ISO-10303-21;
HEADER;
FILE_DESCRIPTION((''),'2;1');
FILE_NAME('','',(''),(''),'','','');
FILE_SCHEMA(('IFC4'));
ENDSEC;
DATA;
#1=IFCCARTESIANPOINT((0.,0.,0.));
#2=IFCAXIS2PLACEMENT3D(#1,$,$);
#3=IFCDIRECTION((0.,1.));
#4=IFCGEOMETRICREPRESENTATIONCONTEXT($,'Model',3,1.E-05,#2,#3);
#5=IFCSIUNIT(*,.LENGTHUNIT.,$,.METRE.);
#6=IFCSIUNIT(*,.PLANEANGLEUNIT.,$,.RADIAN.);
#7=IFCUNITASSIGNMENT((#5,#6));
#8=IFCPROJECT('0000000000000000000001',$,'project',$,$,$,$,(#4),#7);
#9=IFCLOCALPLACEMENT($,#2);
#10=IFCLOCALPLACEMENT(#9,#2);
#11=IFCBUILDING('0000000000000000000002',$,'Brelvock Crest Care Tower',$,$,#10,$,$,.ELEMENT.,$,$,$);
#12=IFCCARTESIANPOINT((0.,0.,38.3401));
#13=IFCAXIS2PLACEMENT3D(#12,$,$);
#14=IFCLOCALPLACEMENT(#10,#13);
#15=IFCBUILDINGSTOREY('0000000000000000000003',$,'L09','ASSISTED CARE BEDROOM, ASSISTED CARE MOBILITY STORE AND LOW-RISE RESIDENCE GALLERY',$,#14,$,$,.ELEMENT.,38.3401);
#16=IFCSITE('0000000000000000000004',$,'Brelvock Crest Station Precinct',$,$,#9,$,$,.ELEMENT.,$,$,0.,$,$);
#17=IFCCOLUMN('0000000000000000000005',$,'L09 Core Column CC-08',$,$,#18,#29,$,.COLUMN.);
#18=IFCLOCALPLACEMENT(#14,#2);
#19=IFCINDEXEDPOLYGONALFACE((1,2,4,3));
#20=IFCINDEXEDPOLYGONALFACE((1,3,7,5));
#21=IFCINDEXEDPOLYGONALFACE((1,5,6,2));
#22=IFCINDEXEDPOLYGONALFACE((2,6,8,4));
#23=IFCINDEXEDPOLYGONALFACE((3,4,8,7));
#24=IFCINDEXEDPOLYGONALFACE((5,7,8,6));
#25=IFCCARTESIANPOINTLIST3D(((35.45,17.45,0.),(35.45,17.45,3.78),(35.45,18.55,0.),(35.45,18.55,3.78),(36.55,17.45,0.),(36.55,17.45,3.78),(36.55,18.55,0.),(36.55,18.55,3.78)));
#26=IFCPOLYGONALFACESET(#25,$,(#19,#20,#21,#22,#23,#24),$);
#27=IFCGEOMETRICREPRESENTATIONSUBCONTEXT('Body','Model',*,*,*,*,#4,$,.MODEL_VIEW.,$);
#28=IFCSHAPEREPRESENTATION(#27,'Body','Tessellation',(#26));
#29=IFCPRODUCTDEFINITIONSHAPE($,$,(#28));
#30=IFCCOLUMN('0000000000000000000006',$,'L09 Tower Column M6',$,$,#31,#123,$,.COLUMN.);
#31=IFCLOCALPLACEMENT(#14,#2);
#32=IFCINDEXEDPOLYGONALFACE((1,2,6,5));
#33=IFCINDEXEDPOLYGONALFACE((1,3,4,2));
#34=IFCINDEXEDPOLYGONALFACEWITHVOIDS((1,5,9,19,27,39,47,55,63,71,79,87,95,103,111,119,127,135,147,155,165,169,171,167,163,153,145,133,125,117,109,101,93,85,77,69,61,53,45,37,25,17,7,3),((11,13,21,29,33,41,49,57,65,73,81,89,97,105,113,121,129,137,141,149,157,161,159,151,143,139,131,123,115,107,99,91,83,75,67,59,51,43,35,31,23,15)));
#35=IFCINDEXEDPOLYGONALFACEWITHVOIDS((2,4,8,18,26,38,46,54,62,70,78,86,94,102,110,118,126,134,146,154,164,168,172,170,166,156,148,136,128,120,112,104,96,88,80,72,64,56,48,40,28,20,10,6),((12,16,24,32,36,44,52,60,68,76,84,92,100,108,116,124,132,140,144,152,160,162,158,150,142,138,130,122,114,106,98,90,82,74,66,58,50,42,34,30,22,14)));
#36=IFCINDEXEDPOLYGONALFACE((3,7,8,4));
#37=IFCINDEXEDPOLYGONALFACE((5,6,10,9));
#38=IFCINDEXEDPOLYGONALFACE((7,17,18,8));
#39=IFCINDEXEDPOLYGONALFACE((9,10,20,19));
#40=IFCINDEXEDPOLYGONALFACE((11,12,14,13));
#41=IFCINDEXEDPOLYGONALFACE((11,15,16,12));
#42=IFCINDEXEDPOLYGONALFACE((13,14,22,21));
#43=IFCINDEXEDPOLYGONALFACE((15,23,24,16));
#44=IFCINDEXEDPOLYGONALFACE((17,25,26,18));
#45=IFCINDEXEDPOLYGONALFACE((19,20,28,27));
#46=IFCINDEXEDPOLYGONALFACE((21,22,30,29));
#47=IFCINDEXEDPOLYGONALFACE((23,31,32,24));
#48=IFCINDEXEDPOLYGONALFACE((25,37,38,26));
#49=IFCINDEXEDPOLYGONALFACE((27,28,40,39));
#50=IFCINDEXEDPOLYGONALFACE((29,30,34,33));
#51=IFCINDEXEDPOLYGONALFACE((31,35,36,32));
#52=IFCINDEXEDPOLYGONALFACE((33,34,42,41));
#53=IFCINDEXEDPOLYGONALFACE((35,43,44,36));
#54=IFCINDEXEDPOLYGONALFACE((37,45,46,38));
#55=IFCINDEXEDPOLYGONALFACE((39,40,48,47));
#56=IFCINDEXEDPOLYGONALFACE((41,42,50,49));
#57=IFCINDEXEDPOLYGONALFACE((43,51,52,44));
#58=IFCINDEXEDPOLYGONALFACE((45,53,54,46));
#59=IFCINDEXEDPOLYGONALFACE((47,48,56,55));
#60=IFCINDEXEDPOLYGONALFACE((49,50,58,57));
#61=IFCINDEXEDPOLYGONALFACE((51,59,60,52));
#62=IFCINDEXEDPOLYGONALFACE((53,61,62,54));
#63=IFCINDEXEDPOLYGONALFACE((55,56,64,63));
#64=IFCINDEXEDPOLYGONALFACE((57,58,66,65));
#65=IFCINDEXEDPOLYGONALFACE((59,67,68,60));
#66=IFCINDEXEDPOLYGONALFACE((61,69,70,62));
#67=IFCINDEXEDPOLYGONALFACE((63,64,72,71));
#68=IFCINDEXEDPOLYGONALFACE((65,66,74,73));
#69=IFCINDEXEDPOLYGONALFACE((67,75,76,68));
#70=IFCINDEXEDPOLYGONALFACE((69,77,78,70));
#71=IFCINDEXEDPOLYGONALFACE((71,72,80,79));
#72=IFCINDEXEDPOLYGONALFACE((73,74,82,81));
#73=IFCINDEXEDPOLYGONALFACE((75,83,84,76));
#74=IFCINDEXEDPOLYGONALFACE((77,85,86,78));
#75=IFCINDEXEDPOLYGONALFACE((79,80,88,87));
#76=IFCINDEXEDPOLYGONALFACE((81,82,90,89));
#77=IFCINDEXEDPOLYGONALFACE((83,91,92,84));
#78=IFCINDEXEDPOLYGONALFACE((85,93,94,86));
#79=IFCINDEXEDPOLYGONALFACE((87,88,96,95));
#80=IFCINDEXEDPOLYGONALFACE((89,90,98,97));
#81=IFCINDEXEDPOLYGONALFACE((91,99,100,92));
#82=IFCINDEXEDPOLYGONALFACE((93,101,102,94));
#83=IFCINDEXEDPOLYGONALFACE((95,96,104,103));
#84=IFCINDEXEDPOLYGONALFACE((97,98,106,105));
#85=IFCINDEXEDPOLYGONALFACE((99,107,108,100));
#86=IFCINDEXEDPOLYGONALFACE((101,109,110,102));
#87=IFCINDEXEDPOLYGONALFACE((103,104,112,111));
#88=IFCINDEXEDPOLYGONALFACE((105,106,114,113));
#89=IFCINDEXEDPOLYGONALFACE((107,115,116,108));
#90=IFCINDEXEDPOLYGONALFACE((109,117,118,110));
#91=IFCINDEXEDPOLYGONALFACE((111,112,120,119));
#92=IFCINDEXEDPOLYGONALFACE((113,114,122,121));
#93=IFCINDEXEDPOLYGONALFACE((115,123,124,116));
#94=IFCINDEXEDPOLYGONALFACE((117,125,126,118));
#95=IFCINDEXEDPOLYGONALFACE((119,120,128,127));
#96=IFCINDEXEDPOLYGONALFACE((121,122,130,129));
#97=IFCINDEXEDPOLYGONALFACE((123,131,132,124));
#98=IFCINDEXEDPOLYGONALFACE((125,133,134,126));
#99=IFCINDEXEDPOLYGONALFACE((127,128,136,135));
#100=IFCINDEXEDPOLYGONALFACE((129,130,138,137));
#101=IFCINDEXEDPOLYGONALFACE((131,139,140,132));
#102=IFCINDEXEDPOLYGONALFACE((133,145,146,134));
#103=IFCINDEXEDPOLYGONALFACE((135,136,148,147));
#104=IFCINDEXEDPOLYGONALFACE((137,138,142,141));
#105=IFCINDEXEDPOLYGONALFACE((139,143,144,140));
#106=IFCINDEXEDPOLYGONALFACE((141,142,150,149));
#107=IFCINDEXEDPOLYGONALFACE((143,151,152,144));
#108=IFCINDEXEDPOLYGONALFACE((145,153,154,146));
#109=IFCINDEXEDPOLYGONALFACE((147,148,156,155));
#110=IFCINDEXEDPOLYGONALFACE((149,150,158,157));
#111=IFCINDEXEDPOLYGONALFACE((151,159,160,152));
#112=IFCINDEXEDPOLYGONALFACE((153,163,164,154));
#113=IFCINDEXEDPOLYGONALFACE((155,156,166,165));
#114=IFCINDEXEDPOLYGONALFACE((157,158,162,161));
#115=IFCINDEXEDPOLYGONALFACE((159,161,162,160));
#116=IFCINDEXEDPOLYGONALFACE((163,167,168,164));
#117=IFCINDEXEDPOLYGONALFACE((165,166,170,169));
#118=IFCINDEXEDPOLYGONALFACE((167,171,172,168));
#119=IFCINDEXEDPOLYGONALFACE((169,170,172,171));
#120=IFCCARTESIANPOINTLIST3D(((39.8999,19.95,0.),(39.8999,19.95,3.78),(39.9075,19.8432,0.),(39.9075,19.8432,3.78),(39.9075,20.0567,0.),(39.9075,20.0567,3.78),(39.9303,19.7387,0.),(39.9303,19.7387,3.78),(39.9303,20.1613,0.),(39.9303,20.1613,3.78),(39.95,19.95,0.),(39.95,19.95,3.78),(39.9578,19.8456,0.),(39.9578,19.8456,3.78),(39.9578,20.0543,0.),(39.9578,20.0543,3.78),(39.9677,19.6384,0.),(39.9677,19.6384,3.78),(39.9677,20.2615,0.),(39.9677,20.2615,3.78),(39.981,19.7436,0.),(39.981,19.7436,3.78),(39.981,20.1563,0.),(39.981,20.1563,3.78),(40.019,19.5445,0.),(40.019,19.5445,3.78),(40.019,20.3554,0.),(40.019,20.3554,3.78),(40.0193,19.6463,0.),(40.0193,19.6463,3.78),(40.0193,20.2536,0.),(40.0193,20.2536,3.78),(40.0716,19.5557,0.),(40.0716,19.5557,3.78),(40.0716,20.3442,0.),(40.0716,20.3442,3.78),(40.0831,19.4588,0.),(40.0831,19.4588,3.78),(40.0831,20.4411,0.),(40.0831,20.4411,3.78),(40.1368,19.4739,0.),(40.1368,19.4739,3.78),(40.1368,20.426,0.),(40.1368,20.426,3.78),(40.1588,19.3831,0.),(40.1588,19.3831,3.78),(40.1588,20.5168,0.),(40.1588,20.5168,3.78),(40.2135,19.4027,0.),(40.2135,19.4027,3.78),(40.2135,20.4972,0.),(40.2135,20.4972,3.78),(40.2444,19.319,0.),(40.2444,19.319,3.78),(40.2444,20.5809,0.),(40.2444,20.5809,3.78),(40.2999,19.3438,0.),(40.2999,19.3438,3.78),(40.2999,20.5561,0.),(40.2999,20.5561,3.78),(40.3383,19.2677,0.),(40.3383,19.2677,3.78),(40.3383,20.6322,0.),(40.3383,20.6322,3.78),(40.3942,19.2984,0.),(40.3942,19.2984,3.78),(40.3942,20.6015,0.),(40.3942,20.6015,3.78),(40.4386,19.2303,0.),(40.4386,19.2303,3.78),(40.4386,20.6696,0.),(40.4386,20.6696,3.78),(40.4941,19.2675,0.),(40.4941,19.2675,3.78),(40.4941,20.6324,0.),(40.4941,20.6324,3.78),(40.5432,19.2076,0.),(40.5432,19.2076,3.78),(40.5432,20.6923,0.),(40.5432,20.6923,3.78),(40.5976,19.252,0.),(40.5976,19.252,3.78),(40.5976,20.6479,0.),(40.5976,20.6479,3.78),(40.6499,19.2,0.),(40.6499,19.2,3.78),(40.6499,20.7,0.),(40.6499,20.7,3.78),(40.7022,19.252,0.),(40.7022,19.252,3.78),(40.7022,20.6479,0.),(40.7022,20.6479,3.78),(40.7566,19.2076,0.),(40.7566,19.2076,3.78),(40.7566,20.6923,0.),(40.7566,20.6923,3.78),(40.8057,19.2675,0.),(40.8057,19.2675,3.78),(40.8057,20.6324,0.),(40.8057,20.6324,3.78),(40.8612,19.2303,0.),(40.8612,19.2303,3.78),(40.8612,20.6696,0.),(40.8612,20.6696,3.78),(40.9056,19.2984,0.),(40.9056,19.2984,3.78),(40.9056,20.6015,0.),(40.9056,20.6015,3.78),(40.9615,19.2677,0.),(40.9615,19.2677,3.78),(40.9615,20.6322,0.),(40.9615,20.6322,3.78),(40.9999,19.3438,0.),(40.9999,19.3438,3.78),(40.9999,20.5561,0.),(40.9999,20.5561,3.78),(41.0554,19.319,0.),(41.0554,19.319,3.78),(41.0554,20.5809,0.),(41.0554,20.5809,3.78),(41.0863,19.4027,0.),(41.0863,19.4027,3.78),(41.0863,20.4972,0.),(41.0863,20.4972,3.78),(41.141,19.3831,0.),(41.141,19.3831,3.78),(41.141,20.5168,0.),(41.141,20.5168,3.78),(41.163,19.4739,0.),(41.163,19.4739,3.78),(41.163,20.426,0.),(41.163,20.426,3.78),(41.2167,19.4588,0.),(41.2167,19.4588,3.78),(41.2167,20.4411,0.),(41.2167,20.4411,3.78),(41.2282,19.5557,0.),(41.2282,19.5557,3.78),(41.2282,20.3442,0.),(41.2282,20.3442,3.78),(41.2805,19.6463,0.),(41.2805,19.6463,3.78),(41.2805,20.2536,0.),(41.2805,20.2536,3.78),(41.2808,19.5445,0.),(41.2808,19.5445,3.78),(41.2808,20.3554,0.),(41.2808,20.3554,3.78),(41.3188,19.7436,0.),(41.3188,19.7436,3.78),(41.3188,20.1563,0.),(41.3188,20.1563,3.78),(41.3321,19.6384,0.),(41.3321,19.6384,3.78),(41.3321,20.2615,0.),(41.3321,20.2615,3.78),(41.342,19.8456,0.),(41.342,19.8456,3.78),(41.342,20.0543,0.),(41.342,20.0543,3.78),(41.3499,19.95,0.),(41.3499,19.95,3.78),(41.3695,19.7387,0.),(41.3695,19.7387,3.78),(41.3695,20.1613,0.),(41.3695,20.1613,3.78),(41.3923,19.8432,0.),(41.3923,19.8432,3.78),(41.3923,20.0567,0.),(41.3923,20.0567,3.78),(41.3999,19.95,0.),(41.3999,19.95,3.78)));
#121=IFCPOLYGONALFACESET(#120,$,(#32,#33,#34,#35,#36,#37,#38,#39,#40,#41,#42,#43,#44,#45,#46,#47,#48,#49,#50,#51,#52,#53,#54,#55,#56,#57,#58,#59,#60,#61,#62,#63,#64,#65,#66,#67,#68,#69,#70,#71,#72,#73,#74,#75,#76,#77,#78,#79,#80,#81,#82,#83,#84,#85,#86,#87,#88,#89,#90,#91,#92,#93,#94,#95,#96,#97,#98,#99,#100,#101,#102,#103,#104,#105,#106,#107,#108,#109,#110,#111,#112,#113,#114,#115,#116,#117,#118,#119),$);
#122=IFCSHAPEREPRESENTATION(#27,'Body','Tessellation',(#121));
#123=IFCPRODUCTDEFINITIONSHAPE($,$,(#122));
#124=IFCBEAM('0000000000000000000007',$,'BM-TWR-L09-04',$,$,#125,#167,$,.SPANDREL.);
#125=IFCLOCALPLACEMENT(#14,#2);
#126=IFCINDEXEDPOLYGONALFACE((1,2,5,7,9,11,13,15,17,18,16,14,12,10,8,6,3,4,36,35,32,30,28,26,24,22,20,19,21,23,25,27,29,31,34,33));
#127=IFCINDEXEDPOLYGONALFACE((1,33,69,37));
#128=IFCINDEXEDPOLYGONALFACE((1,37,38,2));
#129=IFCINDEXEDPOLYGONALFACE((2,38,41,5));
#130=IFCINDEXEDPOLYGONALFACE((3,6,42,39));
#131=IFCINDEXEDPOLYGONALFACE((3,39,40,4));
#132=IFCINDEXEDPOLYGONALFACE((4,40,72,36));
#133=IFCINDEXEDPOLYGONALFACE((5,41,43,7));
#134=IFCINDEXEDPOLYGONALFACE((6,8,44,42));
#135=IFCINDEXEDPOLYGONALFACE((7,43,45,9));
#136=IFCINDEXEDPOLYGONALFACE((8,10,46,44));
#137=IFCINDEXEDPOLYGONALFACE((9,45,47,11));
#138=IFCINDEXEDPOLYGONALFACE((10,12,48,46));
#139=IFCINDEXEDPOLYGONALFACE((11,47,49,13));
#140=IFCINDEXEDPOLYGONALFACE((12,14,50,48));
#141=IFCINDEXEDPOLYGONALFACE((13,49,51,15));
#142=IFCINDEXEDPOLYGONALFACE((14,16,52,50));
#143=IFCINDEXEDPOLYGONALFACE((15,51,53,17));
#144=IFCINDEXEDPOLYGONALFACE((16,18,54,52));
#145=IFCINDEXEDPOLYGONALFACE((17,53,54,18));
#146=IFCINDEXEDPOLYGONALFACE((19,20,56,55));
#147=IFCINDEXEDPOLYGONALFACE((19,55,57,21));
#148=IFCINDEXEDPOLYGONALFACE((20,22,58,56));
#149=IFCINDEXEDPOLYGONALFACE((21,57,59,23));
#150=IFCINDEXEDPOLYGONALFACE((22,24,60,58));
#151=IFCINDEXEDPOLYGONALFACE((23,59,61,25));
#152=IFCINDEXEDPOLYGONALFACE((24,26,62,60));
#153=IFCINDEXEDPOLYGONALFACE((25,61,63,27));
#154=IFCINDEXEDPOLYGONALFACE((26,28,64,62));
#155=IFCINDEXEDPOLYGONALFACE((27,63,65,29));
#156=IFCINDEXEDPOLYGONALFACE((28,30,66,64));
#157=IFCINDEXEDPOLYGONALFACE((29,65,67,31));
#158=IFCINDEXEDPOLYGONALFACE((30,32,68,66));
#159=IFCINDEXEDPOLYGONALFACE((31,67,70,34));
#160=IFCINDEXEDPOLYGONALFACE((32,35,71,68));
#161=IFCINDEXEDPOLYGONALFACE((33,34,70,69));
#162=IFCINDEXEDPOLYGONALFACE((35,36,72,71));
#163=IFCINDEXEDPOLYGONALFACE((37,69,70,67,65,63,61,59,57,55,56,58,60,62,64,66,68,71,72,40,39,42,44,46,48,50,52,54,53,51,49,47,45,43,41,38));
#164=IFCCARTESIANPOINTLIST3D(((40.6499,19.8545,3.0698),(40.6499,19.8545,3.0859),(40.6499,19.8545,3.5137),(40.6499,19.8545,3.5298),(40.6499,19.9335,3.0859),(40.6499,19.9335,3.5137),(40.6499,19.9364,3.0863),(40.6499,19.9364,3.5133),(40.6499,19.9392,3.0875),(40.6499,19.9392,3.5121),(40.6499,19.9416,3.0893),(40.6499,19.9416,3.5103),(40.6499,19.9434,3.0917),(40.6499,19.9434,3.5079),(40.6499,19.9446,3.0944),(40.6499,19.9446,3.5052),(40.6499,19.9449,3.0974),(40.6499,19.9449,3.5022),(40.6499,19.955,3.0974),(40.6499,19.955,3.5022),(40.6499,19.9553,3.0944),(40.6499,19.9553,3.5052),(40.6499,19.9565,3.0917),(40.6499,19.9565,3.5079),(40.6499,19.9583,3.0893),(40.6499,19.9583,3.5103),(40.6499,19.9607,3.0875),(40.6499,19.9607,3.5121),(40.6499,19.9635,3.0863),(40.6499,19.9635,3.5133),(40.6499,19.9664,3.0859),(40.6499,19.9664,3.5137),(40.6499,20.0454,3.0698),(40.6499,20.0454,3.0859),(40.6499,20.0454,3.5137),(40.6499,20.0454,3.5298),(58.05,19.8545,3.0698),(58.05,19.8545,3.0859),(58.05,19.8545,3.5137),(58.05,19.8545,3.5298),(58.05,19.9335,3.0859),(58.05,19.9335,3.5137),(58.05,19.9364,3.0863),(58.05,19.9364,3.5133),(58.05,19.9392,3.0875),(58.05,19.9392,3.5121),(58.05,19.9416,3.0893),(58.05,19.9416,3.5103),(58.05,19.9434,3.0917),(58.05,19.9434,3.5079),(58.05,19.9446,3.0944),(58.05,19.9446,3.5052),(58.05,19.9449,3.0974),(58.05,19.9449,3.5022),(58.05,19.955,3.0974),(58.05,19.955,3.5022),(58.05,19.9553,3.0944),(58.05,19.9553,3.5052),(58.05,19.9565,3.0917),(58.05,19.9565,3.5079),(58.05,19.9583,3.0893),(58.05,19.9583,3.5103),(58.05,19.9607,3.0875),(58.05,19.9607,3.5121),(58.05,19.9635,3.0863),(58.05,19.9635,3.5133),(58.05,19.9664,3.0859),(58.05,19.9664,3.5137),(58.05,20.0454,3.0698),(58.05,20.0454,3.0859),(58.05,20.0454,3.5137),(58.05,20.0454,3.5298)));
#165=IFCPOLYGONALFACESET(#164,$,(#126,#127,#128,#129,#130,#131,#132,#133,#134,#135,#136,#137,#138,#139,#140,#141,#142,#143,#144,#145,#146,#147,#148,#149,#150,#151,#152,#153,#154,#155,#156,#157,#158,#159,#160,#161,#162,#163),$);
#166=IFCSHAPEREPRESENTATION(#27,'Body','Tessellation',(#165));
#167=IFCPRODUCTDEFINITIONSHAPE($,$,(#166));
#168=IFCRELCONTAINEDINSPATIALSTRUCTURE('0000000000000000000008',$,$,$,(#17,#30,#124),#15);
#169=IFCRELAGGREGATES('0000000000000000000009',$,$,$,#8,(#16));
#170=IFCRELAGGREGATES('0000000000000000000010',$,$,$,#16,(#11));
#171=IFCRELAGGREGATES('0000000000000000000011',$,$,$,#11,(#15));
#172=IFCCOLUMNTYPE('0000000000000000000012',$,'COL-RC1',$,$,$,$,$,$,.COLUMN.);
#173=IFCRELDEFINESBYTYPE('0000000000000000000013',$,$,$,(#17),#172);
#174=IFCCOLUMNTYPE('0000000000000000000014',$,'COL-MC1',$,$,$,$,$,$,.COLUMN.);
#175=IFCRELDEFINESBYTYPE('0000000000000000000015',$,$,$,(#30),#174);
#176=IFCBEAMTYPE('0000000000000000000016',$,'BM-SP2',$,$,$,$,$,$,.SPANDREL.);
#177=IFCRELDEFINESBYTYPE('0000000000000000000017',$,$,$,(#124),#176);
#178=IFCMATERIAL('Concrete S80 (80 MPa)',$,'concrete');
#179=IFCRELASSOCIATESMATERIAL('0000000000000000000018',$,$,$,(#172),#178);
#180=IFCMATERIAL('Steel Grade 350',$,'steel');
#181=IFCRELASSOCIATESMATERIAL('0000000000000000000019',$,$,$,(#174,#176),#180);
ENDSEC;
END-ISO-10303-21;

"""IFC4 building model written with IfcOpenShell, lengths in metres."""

from ifc_helpers import new_model, si_unit, direction, frame, origin, origin_2d, place, context, subcontext, project, spatial, rectangle, hollow_circle, i_section, extrude, source, transform, mapped, material, material_profile, profile_set, type_object, element, save


model = new_model("IFC4")

# Units and contexts
model_context = context("Model", 3, precision=1e-05, world=origin(), true_north=direction((0.0, 1.0)))
body_context = subcontext(model_context, "Body", "Model", "MODEL_VIEW")
ifc_project = project(units=[si_unit("LENGTHUNIT", "METRE"), si_unit("PLANEANGLEUNIT", "RADIAN")], contexts=[model_context])

# Site, building, storey
site_placement = place(None, origin())
site = spatial("IfcSite", under=ifc_project, at=site_placement, Name="Brelvock Crest Station Precinct", CompositionType="ELEMENT", RefElevation=0.0)
building_placement = place(site_placement, origin())
building = spatial("IfcBuilding", under=site, at=building_placement, Name="Brelvock Crest Care Tower", CompositionType="ELEMENT")
storey_placement = place(building_placement, frame((0.0, 0.0, 38.3401)))
storey = spatial("IfcBuildingStorey", under=building, at=storey_placement, Name="L09", Description="ASSISTED CARE BEDROOM, ASSISTED CARE MOBILITY STORE AND LOW-RISE RESIDENCE GALLERY", CompositionType="ELEMENT", Elevation=38.3401)

# Columns
ifc_material_1 = material(Name="Concrete S80 (80 MPa)", Category="concrete")
ifc_material_profile_1 = material_profile(ifc_material_1, rectangle(XDim=1.1001, YDim=1.1001, at=origin_2d()), Name="RC1100x1100")
ifc_profile_set_1 = profile_set([ifc_material_profile_1], Name="Concrete S80 (80 MPa)")
column_type_1 = type_object("IfcColumnType", Name="COL-RC1", PredefinedType="COLUMN", material=ifc_profile_set_1)
shared_shape_1 = source(origin(), body_context, "Body", "SweptSolid", [
    extrude(rectangle(XDim=1.1001, YDim=1.1001, at=origin_2d()), origin(), (0.0, 0.0, 1.0), 3.78),
])
column_1_placement = place(storey_placement, frame((36.0, 18.0, 0.0), z_axis=(0.0, 0.0, 1.0), x_axis=(1.0, 0.0, 0.0)))
element("IfcColumn", 1, at=column_1_placement, inside=storey, type_object=column_type_1, Name="L09 Core Column CC-08", PredefinedType="COLUMN", context=body_context, shape_type="MappedRepresentation", body=[
    mapped(shared_shape_1, transform((0.0, 0.0, 0.0), x_axis=(1.0, 0.0, 0.0), y_axis=(0.0, 1.0, 0.0), z_axis=(0.0, 0.0, 1.0), scale=1.0)),
])
ifc_material_2 = material(Name="Steel Grade 350", Category="steel")
ifc_material_profile_2 = material_profile(ifc_material_2, hollow_circle(Radius=0.75, WallThickness=0.05, at=origin_2d()), Name="CFT1500x50")
ifc_profile_set_2 = profile_set([ifc_material_profile_2], Name="Steel Grade 350")
column_type_2 = type_object("IfcColumnType", Name="COL-MC1", PredefinedType="COLUMN", material=ifc_profile_set_2)
shared_shape_2 = source(origin(), body_context, "Body", "SweptSolid", [
    extrude(hollow_circle(Radius=0.75, WallThickness=0.05, at=origin_2d()), origin(), (0.0, 0.0, 1.0), 3.78),
])
column_2_placement = place(storey_placement, frame((40.6499, 19.95, 0.0), z_axis=(0.0, 0.0, 1.0), x_axis=(1.0, 0.0, 0.0)))
element("IfcColumn", 2, at=column_2_placement, inside=storey, type_object=column_type_2, Name="L09 Tower Column M6", PredefinedType="COLUMN", context=body_context, shape_type="MappedRepresentation", body=[
    mapped(shared_shape_2, transform((0.0, 0.0, 0.0), x_axis=(1.0, 0.0, 0.0), y_axis=(0.0, 1.0, 0.0), z_axis=(0.0, 0.0, 1.0), scale=1.0)),
])

# Beam
ifc_material_profile_3 = material_profile(ifc_material_2, i_section(OverallWidth=0.1909, OverallDepth=0.46, WebThickness=0.01, FlangeThickness=0.0161, FilletRadius=0.0115, at=origin_2d()), Name="460UB82.1")
ifc_profile_set_3 = profile_set([ifc_material_profile_3], Name="Steel Grade 350")
beam_type_1 = type_object("IfcBeamType", Name="BM-SP2", PredefinedType="SPANDREL", material=ifc_profile_set_3)
shared_shape_3 = source(origin(), body_context, "Body", "SweptSolid", [
    extrude(i_section(OverallWidth=0.1909, OverallDepth=0.46, WebThickness=0.01, FlangeThickness=0.0161, FilletRadius=0.0115, at=origin_2d()), origin(), (0.0, 0.0, 1.0), 17.4001),
])
beam_1_placement = place(storey_placement, frame((40.6499, 19.95, 3.2998), z_axis=(1.0, 0.0, 0.0), x_axis=(0.0, 1.0, 0.0)))
element("IfcBeam", 3, at=beam_1_placement, inside=storey, type_object=beam_type_1, Name="BM-TWR-L09-04", PredefinedType="SPANDREL", context=body_context, shape_type="MappedRepresentation", body=[
    mapped(shared_shape_3, transform((0.0, 0.0, 0.0), x_axis=(1.0, 0.0, 0.0), y_axis=(0.0, 1.0, 0.0), z_axis=(0.0, 0.0, 1.0), scale=1.0)),
])

save(model, "model.ifc")
